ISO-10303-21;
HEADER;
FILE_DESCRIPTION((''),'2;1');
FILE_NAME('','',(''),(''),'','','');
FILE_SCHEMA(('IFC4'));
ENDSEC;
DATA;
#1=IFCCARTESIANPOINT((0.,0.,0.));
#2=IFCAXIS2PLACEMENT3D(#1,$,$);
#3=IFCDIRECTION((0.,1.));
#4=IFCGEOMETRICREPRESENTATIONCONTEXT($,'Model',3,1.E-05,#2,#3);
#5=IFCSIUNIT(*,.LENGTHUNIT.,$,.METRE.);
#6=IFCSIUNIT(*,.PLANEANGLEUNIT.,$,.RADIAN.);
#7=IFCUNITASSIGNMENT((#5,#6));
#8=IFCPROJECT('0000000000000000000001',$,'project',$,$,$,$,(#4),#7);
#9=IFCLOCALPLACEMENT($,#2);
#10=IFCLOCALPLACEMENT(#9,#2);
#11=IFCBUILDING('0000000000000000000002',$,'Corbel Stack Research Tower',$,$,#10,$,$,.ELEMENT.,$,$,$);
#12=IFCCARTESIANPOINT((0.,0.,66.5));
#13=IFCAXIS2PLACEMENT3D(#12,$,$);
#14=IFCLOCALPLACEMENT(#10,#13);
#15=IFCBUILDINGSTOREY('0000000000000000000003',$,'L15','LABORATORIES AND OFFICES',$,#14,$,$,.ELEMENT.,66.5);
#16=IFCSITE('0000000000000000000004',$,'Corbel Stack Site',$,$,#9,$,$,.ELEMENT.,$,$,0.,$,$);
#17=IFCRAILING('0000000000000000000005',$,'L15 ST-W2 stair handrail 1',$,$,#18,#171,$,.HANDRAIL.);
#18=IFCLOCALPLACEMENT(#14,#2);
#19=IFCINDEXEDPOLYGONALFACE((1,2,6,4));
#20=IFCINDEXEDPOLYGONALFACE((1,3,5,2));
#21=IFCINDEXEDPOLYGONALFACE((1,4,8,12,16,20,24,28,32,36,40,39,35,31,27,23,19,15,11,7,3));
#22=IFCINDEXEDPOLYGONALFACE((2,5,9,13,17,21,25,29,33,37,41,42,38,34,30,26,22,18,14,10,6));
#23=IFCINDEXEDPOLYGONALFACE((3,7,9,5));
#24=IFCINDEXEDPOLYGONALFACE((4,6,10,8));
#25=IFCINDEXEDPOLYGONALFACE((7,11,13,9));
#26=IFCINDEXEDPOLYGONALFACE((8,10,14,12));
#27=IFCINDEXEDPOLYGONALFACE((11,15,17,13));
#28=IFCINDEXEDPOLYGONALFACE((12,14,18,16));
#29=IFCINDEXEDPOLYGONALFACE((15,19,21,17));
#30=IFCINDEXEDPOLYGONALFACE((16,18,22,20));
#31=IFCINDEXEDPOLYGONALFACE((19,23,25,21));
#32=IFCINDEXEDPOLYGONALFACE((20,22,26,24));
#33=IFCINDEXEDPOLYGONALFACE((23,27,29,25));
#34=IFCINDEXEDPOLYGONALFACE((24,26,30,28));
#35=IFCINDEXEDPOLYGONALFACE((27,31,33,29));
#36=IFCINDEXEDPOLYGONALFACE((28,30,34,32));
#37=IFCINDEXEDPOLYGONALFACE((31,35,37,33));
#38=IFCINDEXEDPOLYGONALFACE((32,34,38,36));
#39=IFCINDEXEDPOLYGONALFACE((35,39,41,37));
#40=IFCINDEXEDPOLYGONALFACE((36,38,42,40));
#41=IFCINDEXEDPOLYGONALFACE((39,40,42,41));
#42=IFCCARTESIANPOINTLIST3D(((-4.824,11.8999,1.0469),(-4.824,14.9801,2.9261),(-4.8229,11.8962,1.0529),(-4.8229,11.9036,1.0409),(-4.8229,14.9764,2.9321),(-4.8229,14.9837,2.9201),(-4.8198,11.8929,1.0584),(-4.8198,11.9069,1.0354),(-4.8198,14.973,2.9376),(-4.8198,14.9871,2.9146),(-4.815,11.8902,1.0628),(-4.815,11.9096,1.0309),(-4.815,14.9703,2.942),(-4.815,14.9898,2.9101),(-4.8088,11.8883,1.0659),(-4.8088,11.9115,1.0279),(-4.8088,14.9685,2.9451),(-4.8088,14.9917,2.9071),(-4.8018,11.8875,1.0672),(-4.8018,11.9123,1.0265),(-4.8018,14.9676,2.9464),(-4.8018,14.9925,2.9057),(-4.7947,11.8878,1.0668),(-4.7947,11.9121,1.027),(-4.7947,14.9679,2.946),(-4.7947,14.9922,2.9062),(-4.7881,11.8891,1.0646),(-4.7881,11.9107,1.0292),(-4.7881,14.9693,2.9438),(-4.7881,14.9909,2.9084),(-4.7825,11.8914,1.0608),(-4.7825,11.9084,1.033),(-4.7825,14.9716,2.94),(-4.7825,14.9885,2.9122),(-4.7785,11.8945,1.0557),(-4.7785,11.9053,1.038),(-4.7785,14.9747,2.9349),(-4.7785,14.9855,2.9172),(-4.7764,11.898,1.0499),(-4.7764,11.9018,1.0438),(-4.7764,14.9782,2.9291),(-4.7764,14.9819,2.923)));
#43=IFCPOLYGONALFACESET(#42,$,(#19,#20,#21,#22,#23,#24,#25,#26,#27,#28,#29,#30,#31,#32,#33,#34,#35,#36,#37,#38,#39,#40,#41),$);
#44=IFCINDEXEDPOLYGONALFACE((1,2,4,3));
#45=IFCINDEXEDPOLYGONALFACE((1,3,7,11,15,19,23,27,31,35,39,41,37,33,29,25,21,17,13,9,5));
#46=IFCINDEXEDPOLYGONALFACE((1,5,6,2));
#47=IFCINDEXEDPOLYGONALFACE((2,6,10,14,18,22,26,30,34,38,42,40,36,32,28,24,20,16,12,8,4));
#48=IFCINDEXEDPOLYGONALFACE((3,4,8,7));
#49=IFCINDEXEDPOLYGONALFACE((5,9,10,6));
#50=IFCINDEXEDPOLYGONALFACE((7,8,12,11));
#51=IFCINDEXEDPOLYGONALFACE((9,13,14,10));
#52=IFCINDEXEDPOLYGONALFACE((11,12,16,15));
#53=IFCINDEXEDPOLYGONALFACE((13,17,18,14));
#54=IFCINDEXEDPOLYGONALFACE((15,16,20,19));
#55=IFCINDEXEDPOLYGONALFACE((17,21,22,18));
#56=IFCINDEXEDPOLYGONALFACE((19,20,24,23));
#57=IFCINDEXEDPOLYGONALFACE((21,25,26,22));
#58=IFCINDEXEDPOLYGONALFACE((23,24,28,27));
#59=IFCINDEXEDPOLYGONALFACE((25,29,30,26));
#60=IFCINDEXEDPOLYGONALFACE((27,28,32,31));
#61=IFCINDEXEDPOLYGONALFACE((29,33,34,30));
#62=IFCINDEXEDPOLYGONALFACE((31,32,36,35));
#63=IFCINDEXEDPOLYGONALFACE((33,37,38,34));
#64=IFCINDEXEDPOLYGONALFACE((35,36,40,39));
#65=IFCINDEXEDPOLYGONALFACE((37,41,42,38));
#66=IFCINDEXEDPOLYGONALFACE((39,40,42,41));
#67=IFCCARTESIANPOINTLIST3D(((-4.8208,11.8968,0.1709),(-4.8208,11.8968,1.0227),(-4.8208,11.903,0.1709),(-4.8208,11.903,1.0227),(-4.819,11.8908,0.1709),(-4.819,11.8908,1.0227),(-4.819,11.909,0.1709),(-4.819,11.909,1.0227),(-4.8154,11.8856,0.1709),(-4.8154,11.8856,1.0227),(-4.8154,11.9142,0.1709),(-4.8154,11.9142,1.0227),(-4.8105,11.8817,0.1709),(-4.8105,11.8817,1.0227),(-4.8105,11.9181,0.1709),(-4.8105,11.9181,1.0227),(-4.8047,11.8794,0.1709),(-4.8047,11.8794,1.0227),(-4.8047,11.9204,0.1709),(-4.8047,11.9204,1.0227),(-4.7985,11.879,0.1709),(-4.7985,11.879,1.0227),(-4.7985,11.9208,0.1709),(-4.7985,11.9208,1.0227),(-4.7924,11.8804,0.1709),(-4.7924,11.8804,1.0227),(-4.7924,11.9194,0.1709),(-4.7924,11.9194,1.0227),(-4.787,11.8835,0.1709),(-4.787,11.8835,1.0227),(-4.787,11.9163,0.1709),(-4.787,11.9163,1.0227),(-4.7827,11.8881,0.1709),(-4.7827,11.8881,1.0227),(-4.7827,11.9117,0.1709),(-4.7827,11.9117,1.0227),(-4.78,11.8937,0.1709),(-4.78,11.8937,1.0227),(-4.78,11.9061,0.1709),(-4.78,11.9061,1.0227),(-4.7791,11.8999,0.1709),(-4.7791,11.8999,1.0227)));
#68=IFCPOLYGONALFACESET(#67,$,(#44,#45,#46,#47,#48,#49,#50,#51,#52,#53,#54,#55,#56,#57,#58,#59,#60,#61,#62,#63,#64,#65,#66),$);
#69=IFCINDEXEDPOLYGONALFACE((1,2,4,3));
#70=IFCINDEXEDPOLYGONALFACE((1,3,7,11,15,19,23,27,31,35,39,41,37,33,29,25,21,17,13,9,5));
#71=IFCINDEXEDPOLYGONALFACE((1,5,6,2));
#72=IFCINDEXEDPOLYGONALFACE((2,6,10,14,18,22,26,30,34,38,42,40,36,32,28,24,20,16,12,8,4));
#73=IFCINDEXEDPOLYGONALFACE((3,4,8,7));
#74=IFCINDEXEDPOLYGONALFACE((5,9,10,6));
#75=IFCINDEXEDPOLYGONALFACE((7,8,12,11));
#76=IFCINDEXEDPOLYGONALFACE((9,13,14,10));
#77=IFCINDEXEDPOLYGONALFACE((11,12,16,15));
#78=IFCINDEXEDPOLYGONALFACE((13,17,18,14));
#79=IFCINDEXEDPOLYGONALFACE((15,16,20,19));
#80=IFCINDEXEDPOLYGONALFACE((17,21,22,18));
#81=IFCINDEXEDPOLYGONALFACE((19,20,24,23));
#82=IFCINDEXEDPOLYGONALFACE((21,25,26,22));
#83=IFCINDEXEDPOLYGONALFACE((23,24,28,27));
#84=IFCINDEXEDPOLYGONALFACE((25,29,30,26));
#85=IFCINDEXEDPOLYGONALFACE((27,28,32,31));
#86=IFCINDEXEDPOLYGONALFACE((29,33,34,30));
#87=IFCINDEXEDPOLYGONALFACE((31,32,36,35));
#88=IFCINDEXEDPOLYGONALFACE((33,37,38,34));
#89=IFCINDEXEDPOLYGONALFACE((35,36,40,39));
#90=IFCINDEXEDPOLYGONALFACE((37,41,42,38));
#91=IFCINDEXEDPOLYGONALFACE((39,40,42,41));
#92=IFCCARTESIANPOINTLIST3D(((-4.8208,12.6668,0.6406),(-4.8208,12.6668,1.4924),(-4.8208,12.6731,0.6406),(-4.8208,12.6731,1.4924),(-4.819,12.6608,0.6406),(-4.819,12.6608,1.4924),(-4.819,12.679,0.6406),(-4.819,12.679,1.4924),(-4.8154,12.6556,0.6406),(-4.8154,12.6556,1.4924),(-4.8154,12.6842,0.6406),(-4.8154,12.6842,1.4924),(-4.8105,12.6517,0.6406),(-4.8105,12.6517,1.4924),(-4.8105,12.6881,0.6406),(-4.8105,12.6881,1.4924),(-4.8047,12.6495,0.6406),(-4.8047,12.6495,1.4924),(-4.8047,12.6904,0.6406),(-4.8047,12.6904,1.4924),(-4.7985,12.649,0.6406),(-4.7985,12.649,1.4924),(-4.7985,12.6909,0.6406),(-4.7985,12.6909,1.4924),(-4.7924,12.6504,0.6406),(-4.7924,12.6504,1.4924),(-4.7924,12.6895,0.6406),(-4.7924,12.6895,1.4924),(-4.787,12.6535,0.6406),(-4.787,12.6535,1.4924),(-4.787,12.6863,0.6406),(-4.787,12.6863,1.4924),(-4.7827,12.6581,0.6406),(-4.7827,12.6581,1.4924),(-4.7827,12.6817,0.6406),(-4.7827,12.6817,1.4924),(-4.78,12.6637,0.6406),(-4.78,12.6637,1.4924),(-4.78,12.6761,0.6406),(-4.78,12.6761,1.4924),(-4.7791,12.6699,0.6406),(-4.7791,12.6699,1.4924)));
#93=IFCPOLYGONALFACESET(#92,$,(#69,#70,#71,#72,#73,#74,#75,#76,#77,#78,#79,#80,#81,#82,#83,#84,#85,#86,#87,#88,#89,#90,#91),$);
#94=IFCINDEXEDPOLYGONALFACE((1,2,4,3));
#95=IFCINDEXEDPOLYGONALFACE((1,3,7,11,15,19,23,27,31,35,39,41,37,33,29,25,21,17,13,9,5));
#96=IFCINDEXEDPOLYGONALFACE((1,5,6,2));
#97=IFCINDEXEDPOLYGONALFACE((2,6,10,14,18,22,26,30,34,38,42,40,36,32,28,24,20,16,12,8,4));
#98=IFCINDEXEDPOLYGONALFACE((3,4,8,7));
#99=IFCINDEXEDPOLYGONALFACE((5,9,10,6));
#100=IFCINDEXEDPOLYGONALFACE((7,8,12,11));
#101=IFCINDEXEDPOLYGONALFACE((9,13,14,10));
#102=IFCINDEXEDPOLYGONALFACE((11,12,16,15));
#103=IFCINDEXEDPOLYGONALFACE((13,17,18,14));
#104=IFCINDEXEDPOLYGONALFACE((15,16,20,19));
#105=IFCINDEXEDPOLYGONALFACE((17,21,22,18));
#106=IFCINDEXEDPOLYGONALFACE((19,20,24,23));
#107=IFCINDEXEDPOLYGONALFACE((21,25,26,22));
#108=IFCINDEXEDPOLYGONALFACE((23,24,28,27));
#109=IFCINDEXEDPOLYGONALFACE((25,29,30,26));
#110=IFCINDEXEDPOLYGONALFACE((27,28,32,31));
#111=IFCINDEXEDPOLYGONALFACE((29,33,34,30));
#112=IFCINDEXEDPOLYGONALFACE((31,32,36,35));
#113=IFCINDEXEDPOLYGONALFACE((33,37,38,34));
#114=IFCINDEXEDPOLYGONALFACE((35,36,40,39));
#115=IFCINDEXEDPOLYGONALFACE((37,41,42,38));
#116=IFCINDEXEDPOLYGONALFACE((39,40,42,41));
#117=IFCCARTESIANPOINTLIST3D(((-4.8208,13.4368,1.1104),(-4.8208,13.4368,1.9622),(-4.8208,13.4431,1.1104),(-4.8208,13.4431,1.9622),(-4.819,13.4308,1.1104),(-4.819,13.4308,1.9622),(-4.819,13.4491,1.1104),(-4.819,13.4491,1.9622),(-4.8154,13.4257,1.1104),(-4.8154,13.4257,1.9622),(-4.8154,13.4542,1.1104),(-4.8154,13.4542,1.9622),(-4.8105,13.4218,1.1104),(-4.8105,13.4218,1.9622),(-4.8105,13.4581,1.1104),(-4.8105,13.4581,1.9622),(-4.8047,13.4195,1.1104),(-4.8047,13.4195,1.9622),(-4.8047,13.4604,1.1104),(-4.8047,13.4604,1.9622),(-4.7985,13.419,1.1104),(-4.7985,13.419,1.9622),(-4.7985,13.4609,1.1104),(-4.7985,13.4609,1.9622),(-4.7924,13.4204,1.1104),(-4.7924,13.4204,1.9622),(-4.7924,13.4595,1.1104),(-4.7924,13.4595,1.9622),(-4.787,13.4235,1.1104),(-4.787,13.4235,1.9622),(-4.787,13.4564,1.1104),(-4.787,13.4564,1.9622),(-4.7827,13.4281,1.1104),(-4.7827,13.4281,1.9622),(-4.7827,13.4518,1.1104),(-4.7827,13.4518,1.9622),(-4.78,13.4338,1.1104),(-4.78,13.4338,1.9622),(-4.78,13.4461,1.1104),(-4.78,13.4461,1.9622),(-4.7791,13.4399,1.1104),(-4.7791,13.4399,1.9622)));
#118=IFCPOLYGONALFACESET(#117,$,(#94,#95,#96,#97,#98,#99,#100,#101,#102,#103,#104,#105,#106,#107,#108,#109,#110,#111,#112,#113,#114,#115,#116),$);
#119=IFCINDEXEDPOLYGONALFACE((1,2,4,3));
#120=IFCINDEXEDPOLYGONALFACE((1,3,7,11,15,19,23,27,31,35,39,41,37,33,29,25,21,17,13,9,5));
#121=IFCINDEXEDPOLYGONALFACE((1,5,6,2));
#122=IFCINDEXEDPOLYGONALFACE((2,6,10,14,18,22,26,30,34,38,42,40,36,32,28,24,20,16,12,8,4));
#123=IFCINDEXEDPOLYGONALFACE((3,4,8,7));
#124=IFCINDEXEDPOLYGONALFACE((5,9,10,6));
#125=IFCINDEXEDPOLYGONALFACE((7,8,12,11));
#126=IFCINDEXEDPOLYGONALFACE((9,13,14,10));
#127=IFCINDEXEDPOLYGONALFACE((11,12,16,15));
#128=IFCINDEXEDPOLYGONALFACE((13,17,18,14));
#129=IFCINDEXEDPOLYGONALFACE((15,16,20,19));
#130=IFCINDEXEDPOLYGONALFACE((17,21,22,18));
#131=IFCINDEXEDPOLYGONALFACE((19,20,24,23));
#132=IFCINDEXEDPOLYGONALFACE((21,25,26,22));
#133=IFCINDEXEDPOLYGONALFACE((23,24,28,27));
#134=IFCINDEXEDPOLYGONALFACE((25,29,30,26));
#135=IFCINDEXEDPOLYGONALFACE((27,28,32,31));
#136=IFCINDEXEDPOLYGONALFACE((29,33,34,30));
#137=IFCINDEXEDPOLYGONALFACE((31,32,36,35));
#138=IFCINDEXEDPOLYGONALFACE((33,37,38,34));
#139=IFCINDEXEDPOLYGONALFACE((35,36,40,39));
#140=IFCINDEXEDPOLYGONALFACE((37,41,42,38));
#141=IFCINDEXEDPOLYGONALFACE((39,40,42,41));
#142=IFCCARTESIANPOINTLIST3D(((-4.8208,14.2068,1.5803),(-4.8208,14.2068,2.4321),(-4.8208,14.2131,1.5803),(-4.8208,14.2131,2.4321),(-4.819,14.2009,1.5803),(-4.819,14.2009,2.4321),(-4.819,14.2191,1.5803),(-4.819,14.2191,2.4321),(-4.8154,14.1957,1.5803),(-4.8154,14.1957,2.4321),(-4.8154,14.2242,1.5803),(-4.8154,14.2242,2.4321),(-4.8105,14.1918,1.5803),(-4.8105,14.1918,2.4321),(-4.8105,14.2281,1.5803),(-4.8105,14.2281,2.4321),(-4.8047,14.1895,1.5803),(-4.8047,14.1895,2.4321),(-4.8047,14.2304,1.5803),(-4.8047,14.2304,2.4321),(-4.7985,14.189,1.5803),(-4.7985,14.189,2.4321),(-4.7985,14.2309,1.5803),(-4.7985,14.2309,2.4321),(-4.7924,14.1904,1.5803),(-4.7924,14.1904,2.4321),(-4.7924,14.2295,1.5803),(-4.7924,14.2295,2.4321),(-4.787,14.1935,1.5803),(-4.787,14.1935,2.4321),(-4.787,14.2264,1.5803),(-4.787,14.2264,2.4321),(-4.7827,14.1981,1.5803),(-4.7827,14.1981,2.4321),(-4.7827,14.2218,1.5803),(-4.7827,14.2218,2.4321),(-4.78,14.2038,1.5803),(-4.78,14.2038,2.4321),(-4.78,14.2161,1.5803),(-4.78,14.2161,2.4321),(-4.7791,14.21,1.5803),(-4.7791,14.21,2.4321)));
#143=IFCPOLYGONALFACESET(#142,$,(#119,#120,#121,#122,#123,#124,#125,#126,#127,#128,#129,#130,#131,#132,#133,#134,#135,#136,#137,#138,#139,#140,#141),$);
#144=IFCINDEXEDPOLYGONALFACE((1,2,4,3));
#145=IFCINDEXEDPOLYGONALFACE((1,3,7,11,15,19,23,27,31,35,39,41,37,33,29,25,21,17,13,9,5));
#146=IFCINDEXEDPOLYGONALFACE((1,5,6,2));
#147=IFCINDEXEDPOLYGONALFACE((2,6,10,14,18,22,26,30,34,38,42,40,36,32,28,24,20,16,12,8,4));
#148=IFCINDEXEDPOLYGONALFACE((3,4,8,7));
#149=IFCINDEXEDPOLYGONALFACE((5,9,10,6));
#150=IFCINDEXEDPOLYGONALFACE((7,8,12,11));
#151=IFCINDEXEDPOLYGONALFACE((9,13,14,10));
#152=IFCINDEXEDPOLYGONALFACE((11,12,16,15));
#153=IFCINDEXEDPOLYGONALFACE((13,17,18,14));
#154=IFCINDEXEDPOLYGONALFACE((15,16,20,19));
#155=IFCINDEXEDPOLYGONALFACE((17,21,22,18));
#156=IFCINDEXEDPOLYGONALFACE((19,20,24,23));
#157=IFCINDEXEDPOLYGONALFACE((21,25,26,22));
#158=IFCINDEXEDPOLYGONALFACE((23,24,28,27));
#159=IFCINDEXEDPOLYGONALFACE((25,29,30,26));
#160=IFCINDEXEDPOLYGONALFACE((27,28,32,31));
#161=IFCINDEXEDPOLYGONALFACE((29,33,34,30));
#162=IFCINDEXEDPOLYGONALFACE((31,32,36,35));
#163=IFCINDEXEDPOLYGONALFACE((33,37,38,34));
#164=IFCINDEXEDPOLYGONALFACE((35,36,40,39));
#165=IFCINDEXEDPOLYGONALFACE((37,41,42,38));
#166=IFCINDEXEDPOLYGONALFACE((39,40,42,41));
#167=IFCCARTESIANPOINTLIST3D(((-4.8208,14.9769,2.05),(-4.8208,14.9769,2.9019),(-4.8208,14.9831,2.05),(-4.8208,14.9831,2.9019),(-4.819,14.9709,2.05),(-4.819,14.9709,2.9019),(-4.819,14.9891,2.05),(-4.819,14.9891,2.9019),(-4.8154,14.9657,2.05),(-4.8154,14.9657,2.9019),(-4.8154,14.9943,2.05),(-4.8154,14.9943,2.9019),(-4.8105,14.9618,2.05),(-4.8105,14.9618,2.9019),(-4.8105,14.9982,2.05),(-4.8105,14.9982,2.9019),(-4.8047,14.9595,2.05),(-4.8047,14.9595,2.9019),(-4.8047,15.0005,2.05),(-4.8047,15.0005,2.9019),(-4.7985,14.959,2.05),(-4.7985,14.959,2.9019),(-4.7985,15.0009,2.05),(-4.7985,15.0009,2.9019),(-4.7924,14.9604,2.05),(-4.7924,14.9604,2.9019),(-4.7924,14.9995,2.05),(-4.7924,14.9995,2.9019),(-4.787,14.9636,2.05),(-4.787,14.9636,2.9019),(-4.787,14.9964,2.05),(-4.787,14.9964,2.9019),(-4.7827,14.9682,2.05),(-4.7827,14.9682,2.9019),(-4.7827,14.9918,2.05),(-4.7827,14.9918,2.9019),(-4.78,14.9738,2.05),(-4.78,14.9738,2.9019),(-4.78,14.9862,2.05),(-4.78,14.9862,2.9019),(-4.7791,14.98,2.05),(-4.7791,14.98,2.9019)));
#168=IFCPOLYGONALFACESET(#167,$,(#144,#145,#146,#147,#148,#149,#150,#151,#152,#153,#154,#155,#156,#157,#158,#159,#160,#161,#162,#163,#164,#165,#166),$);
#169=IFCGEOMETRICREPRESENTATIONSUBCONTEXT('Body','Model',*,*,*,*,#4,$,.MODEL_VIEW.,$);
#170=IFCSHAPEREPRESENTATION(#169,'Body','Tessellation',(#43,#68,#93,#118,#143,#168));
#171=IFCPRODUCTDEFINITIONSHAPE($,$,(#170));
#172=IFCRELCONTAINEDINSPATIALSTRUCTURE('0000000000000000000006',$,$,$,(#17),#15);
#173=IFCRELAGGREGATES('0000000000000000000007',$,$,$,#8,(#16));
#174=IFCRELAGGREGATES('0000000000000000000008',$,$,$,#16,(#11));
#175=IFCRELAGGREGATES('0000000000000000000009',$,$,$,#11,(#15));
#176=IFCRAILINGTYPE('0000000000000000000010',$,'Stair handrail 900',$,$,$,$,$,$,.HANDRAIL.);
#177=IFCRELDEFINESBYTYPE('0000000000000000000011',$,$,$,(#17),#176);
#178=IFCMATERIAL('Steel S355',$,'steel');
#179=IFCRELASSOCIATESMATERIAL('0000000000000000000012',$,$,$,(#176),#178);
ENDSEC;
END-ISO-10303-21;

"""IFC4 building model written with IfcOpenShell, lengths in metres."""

from ifc_helpers import new_model, si_unit, direction, frame, origin, origin_2d, place, context, subcontext, project, spatial, circle, extrude, material, type_object, element, save


model = new_model("IFC4")

# Units and contexts
model_context = context("Model", 3, precision=1e-05, world=origin(), true_north=direction((0.0, 1.0)))
body_context = subcontext(model_context, "Body", "Model", "MODEL_VIEW")
ifc_project = project(units=[si_unit("LENGTHUNIT", "METRE"), si_unit("PLANEANGLEUNIT", "RADIAN")], contexts=[model_context])

# Site, building, storey
site_placement = place(None, origin())
site = spatial("IfcSite", under=ifc_project, at=site_placement, Name="Corbel Stack Site", CompositionType="ELEMENT", RefElevation=0.0)
building_placement = place(site_placement, origin())
building = spatial("IfcBuilding", under=site, at=building_placement, Name="Corbel Stack Research Tower", CompositionType="ELEMENT")
storey_placement = place(building_placement, frame((0.0, 0.0, 66.5)))
storey = spatial("IfcBuildingStorey", under=building, at=storey_placement, Name="L15", Description="LABORATORIES AND OFFICES", CompositionType="ELEMENT", Elevation=66.5)

# Railing
ifc_material_1 = material(Name="Steel S355", Category="steel")
railing_type_1 = type_object("IfcRailingType", Name="Stair handrail 900", PredefinedType="HANDRAIL", material=ifc_material_1)
railing_1_placement = place(storey_placement, frame((-4.8, 11.8999, 0.1709)))
element("IfcRailing", 1, at=railing_1_placement, inside=storey, type_object=railing_type_1, Name="L15 ST-W2 stair handrail 1", PredefinedType="HANDRAIL", context=body_context, shape_type="SweptSolid", body=[
    extrude(circle(Radius=0.0239, at=origin_2d()), frame((0.0, 0.0, 0.876), z_axis=(0.0, 0.853666, 0.52082), x_axis=(-1.0, 0.0, 0.0)), (0.0, 0.0, 1.0), 3.6082),
    extrude(circle(Radius=0.021, at=origin_2d()), origin(), (0.0, 0.0, 1.0), 0.8518),
    extrude(circle(Radius=0.021, at=origin_2d()), frame((0.0, 0.77, 0.4697)), (0.0, 0.0, 1.0), 0.8518),
    extrude(circle(Radius=0.021, at=origin_2d()), frame((0.0, 1.54, 0.9395)), (0.0, 0.0, 1.0), 0.8518),
    extrude(circle(Radius=0.021, at=origin_2d()), frame((0.0, 2.3101, 1.4094)), (0.0, 0.0, 1.0), 0.8518),
    extrude(circle(Radius=0.021, at=origin_2d()), frame((0.0, 3.0801, 1.8792)), (0.0, 0.0, 1.0), 0.8518),
])

save(model, "model.ifc")
